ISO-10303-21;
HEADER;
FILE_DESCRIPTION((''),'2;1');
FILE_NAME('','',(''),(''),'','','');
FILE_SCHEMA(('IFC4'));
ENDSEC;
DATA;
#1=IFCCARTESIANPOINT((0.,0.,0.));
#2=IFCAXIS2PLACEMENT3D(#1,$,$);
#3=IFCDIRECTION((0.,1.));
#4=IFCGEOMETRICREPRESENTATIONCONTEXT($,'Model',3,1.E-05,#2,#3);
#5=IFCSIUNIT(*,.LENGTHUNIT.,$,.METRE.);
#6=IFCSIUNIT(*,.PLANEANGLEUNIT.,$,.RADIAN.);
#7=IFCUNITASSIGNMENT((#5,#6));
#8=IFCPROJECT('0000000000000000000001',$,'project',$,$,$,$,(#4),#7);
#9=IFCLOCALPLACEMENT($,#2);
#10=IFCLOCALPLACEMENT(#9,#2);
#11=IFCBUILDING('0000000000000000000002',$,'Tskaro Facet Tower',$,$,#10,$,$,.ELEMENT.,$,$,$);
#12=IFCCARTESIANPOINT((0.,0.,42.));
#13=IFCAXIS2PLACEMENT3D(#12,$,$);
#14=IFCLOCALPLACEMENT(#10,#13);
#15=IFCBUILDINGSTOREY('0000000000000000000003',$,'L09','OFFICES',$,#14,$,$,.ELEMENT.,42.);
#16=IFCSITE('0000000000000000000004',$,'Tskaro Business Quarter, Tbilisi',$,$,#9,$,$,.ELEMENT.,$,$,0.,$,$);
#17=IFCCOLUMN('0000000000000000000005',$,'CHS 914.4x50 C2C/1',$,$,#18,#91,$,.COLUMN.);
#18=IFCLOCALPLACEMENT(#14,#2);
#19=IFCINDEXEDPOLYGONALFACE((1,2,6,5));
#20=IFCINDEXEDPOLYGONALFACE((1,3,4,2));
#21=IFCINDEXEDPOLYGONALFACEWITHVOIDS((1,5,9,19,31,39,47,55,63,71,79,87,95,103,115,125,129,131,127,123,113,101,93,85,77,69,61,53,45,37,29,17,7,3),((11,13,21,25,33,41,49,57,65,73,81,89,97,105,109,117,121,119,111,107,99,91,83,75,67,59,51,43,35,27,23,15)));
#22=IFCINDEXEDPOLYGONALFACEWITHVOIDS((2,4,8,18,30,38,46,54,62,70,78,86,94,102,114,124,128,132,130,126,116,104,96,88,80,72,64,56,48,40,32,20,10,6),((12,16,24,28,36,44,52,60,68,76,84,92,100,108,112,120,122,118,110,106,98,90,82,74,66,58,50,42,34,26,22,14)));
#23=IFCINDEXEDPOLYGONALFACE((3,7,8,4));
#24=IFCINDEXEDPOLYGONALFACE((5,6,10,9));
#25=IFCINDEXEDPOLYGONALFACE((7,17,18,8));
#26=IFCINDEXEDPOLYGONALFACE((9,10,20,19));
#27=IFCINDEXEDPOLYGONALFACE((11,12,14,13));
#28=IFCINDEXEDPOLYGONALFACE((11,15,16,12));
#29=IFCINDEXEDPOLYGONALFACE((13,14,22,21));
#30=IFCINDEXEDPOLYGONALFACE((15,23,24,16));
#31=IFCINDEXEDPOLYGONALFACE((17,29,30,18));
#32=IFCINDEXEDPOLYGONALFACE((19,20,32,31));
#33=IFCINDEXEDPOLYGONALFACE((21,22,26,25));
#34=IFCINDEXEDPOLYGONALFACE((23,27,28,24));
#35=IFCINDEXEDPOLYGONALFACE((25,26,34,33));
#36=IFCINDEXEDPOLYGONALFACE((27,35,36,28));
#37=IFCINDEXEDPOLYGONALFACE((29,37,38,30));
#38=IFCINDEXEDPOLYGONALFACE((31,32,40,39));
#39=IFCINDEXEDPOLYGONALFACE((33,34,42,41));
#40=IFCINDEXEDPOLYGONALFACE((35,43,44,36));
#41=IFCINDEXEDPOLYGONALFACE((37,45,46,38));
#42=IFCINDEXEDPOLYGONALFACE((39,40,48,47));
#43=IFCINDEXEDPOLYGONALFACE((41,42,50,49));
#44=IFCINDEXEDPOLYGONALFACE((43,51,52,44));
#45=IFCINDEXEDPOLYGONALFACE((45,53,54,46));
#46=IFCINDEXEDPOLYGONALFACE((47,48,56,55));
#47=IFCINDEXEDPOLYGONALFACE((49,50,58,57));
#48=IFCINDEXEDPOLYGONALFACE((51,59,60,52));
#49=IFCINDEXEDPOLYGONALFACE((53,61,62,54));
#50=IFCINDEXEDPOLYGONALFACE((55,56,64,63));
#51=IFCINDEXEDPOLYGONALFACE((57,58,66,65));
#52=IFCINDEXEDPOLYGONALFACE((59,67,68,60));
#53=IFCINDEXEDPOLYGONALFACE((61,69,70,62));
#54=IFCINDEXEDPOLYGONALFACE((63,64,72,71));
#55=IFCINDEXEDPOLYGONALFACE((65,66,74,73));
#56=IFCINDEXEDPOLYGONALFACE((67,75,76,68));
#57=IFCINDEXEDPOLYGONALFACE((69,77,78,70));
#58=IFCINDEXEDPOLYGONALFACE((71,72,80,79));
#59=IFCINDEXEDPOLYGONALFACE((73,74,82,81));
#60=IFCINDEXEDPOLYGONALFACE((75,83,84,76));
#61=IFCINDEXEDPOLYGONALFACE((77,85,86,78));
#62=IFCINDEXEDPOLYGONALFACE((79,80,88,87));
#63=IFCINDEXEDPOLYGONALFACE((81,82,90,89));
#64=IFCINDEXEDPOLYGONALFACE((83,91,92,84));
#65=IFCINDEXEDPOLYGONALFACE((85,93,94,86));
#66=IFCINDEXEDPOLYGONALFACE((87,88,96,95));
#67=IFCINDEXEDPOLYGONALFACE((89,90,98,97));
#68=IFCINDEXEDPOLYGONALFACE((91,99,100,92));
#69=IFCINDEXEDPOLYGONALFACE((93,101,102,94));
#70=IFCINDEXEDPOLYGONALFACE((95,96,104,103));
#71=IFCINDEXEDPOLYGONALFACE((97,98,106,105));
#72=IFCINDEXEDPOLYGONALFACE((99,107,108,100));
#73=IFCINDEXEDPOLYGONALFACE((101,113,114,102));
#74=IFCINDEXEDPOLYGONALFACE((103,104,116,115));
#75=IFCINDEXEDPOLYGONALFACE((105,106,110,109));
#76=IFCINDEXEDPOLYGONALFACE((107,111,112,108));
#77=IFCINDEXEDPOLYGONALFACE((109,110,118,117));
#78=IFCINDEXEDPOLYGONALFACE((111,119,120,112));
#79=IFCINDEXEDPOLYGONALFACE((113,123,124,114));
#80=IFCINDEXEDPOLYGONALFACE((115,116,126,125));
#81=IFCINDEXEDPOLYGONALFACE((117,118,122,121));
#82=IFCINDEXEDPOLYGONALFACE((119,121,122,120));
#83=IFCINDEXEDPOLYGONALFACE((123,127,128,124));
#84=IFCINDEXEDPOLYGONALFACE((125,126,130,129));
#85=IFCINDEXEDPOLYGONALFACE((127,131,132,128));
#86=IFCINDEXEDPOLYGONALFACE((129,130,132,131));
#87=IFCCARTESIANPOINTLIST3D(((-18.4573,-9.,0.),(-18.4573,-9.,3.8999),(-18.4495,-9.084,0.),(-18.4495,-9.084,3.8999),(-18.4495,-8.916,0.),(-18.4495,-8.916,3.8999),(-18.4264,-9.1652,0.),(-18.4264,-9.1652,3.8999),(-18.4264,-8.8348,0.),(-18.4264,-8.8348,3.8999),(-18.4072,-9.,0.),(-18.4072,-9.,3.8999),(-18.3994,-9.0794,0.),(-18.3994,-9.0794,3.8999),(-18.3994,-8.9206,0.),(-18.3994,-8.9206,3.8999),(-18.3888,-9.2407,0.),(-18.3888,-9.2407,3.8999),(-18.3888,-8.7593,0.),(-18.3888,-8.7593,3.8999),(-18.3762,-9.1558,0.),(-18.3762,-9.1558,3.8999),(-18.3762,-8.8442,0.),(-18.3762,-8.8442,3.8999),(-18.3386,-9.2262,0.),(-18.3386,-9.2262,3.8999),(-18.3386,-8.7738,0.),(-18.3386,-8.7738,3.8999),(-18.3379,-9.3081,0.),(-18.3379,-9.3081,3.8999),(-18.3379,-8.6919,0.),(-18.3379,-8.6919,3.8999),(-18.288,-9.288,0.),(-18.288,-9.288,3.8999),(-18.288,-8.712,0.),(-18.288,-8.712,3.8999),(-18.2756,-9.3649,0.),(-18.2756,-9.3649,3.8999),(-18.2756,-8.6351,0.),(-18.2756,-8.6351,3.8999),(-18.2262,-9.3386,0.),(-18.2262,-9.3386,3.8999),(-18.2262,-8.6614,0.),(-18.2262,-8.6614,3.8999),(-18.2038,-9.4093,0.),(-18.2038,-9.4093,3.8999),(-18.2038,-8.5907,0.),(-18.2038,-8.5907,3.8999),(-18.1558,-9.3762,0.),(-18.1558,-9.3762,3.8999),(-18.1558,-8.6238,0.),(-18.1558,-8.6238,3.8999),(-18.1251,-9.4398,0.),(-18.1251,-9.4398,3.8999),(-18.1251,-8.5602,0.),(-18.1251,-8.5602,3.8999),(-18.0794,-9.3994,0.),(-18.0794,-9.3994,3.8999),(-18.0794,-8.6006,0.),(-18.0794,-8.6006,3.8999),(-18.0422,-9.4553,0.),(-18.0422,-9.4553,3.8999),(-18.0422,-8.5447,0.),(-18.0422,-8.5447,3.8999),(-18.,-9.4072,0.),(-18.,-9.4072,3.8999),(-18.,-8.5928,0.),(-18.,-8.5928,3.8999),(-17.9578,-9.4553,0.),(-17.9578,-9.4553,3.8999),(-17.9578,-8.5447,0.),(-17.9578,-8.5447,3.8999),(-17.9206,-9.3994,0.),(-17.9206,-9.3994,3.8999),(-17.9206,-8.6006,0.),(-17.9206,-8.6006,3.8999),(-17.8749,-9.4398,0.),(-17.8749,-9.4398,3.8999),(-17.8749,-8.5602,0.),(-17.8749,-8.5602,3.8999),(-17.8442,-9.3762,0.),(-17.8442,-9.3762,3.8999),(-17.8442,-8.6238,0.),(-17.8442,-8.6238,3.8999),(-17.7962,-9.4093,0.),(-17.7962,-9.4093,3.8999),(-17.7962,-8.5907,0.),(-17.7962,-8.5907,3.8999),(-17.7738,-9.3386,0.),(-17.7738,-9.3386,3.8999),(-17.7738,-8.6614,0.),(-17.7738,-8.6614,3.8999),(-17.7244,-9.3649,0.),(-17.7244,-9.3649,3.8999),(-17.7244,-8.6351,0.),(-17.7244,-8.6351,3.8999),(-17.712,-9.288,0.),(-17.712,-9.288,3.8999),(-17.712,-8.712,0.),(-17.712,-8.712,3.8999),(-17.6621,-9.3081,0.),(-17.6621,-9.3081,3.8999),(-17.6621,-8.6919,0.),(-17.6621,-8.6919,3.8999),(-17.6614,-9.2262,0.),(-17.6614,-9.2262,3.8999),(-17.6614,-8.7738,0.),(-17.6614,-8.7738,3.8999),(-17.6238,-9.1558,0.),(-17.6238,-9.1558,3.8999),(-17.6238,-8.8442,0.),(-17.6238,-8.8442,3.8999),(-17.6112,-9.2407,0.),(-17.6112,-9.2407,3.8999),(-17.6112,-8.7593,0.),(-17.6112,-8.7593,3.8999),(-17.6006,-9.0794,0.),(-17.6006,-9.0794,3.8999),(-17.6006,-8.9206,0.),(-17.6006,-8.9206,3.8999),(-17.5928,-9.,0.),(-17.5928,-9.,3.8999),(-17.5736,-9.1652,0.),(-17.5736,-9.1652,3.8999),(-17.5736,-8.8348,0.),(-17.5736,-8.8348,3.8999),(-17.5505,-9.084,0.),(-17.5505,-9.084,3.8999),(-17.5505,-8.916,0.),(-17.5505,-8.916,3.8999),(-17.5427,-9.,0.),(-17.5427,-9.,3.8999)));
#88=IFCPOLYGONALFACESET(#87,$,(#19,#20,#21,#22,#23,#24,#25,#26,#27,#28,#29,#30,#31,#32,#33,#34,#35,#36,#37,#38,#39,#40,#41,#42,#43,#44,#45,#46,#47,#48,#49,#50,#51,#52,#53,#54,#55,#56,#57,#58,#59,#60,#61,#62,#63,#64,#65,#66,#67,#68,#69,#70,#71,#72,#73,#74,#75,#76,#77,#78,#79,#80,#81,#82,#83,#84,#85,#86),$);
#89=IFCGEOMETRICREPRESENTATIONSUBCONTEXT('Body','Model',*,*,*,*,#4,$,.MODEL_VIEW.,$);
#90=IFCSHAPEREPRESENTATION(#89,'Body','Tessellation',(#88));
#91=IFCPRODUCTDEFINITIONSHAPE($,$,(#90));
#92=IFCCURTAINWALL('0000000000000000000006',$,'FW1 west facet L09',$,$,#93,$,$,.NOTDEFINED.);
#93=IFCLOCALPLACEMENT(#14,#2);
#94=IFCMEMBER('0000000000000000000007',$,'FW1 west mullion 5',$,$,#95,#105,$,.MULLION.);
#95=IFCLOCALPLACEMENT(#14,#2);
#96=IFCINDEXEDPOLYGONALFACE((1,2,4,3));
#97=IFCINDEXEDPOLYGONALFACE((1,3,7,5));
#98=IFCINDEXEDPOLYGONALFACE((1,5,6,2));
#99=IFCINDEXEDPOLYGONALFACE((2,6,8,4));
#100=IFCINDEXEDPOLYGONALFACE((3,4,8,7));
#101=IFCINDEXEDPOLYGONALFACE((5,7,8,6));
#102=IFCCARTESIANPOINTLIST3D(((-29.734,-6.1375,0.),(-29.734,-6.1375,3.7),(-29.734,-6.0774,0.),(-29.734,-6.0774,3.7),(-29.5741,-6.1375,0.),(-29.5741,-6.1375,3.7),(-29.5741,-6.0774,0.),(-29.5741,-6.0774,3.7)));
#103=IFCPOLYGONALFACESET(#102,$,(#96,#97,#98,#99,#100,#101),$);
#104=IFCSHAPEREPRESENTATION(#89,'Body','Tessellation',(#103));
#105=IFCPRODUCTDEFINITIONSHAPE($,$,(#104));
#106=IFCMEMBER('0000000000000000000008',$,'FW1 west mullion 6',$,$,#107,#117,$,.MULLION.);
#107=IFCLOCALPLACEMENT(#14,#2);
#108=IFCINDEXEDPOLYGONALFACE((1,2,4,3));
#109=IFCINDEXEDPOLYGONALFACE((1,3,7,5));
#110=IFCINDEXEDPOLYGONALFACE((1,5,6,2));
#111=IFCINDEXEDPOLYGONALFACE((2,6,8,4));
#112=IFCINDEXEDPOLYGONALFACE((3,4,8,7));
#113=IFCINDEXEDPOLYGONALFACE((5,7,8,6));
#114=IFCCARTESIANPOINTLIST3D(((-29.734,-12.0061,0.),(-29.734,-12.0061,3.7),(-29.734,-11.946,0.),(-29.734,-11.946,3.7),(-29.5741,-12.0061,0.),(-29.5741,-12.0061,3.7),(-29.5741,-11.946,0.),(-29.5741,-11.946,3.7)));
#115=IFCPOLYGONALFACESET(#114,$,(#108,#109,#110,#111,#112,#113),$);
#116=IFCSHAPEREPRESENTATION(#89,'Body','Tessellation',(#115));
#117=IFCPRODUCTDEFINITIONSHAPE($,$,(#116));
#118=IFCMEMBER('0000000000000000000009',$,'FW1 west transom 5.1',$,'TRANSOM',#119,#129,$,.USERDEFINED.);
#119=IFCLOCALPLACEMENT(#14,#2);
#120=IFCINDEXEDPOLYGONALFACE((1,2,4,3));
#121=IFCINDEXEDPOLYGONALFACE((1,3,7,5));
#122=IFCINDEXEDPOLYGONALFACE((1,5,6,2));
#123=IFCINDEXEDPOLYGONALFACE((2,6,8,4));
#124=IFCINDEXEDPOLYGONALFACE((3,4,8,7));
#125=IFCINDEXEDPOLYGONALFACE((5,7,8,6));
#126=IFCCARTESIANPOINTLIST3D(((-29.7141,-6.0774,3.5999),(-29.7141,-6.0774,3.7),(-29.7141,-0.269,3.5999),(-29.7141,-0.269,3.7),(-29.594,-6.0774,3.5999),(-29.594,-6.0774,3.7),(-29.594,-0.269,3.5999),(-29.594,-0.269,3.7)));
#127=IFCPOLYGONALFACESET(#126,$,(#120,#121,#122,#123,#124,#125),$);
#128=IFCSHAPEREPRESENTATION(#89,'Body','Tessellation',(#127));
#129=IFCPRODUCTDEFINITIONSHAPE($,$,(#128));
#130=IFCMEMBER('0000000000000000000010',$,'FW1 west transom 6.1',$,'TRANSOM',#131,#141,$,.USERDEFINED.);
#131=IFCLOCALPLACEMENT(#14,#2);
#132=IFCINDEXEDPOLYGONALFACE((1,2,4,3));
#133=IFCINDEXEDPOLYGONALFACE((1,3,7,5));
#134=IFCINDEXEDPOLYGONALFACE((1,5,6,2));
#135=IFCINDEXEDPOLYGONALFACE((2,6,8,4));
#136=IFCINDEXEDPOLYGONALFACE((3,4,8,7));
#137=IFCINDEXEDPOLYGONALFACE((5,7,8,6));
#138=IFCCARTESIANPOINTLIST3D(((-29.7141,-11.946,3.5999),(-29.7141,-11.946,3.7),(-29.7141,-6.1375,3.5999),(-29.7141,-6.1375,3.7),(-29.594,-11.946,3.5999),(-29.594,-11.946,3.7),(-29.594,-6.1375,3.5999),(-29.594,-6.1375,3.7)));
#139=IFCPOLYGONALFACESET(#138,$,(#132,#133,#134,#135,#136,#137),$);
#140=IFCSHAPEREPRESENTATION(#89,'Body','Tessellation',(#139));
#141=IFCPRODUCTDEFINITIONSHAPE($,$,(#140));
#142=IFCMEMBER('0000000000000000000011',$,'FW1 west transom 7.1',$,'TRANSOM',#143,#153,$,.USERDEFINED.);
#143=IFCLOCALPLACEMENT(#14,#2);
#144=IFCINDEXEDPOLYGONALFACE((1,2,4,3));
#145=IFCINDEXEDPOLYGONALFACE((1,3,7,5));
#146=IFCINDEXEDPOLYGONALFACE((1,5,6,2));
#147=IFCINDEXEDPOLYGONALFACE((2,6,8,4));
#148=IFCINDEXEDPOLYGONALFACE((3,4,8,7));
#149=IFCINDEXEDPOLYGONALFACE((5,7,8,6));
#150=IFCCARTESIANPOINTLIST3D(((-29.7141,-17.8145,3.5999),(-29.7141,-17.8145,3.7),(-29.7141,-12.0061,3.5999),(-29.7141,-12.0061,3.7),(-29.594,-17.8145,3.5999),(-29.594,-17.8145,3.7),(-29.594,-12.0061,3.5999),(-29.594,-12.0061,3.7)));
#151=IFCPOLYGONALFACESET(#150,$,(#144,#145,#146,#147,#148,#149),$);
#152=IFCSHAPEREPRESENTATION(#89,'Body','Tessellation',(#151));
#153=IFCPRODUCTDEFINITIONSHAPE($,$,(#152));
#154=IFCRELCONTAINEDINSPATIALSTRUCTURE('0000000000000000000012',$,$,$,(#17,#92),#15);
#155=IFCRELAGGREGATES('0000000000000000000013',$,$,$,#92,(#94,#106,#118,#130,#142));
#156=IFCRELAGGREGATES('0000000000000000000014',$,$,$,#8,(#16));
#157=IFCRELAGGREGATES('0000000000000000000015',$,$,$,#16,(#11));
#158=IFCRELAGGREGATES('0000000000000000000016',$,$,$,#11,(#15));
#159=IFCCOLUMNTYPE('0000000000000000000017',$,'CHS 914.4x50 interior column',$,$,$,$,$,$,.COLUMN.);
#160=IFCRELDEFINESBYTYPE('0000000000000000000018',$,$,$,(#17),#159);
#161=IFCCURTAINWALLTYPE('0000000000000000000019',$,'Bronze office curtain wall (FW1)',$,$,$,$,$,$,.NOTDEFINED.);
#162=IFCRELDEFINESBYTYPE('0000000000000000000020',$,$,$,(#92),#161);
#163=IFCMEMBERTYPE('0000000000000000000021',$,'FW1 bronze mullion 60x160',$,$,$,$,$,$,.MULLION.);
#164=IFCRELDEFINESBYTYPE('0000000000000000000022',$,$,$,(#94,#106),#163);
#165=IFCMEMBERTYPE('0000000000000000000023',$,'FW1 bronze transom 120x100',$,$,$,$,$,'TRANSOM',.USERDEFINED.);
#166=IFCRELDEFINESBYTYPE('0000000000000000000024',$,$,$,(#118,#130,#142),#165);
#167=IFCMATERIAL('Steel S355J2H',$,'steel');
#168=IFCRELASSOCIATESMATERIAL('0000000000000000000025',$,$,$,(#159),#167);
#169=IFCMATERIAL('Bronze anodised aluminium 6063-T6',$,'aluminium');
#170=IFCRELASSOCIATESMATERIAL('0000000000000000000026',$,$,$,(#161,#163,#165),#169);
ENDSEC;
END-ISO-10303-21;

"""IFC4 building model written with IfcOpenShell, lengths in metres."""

from ifc_helpers import new_model, si_unit, direction, frame, origin, origin_2d, place, context, subcontext, project, spatial, rectangle, hollow_circle, extrude, material, material_profile, profile_set, type_object, element, aggregate, save


model = new_model("IFC4")

# Units and contexts
model_context = context("Model", 3, precision=1e-05, world=origin(), true_north=direction((0.0, 1.0)))
body_context = subcontext(model_context, "Body", "Model", "MODEL_VIEW")
ifc_project = project(units=[si_unit("LENGTHUNIT", "METRE"), si_unit("PLANEANGLEUNIT", "RADIAN")], contexts=[model_context])

# Site, building, storey
site_placement = place(None, origin())
site = spatial("IfcSite", under=ifc_project, at=site_placement, Name="Tskaro Business Quarter, Tbilisi", CompositionType="ELEMENT", RefElevation=0.0)
building_placement = place(site_placement, origin())
building = spatial("IfcBuilding", under=site, at=building_placement, Name="Tskaro Facet Tower", CompositionType="ELEMENT")
storey_placement = place(building_placement, frame((0.0, 0.0, 42.0)))
storey = spatial("IfcBuildingStorey", under=building, at=storey_placement, Name="L09", Description="OFFICES", CompositionType="ELEMENT", Elevation=42.0)

# Column
ifc_material_1 = material(Name="Steel S355J2H", Category="steel")
ifc_material_profile_1 = material_profile(ifc_material_1, hollow_circle(Radius=0.4573, WallThickness=0.05, at=origin_2d()), Name="CHS 914.4x50")
ifc_profile_set_1 = profile_set([ifc_material_profile_1], Name="Steel S355J2H")
column_type_1 = type_object("IfcColumnType", Name="CHS 914.4x50 interior column", PredefinedType="COLUMN", material=ifc_profile_set_1)
column_1_placement = place(storey_placement, frame((-18.0, -9.0, 0.0), z_axis=(0.0, 0.0, 1.0), x_axis=(1.0, 0.0, 0.0)))
element("IfcColumn", 1, at=column_1_placement, inside=storey, type_object=column_type_1, Name="CHS 914.4x50 C2C/1", PredefinedType="COLUMN", context=body_context, shape_type="SweptSolid", body=[
    extrude(hollow_circle(Radius=0.4573, WallThickness=0.05, at=origin_2d()), origin(), (0.0, 0.0, 1.0), 3.8999),
])

# Curtain wall, members
ifc_material_2 = material(Name="Bronze anodised aluminium 6063-T6", Category="aluminium")
curtain_wall_type = type_object("IfcCurtainWallType", Name="Bronze office curtain wall (FW1)", PredefinedType="NOTDEFINED", material=ifc_material_2)
curtain_wall_placement = place(storey_placement, origin())
curtain_wall = element("IfcCurtainWall", 2, at=curtain_wall_placement, inside=storey, type_object=curtain_wall_type, Name="FW1 west facet L09", PredefinedType="NOTDEFINED")
ifc_material_profile_2 = material_profile(ifc_material_2, rectangle(XDim=0.0601, YDim=0.1599, at=origin_2d()), Name="Mullion 60x160")
ifc_profile_set_2 = profile_set([ifc_material_profile_2], Name="Bronze anodised aluminium 6063-T6")
member_type_1 = type_object("IfcMemberType", Name="FW1 bronze mullion 60x160", PredefinedType="MULLION", material=ifc_profile_set_2)
member_1_placement = place(storey_placement, frame((-29.6541, -6.1074, 0.0), z_axis=(0.0, 0.0, 1.0), x_axis=(0.0, -1.0, 0.0)))
member_1 = element("IfcMember", 3, at=member_1_placement, type_object=member_type_1, Name="FW1 west mullion 5", PredefinedType="MULLION", context=body_context, shape_type="SweptSolid", body=[
    extrude(rectangle(XDim=0.0601, YDim=0.1599, at=origin_2d()), origin(), (0.0, 0.0, 1.0), 3.7),
])
member_2_placement = place(storey_placement, frame((-29.6541, -11.9761, 0.0), z_axis=(0.0, 0.0, 1.0), x_axis=(0.0, -1.0, 0.0)))
member_2 = element("IfcMember", 4, at=member_2_placement, type_object=member_type_1, Name="FW1 west mullion 6", PredefinedType="MULLION", context=body_context, shape_type="SweptSolid", body=[
    extrude(rectangle(XDim=0.0601, YDim=0.1599, at=origin_2d()), origin(), (0.0, 0.0, 1.0), 3.7),
])
ifc_material_profile_3 = material_profile(ifc_material_2, rectangle(XDim=0.1201, YDim=0.1001, at=origin_2d()), Name="Transom 120x100")
ifc_profile_set_3 = profile_set([ifc_material_profile_3], Name="Bronze anodised aluminium 6063-T6")
member_type_2 = type_object("IfcMemberType", Name="FW1 bronze transom 120x100", ElementType="TRANSOM", PredefinedType="USERDEFINED", material=ifc_profile_set_3)
member_3_placement = place(storey_placement, frame((-29.6541, -0.269, 3.6499), z_axis=(0.0, -1.0, 0.0), x_axis=(1.0, 0.0, 0.0)))
member_3 = element("IfcMember", 5, at=member_3_placement, type_object=member_type_2, Name="FW1 west transom 5.1", ObjectType="TRANSOM", PredefinedType="USERDEFINED", context=body_context, shape_type="SweptSolid", body=[
    extrude(rectangle(XDim=0.1201, YDim=0.1001, at=origin_2d()), origin(), (0.0, 0.0, 1.0), 5.8083),
])
member_4_placement = place(storey_placement, frame((-29.6541, -6.1375, 3.6499), z_axis=(0.0, -1.0, 0.0), x_axis=(1.0, 0.0, 0.0)))
member_4 = element("IfcMember", 6, at=member_4_placement, type_object=member_type_2, Name="FW1 west transom 6.1", ObjectType="TRANSOM", PredefinedType="USERDEFINED", context=body_context, shape_type="SweptSolid", body=[
    extrude(rectangle(XDim=0.1201, YDim=0.1001, at=origin_2d()), origin(), (0.0, 0.0, 1.0), 5.8086),
])
member_5_placement = place(storey_placement, frame((-29.6541, -12.0061, 3.6499), z_axis=(0.0, -1.0, 0.0), x_axis=(1.0, 0.0, 0.0)))
member_5 = element("IfcMember", 7, at=member_5_placement, type_object=member_type_2, Name="FW1 west transom 7.1", ObjectType="TRANSOM", PredefinedType="USERDEFINED", context=body_context, shape_type="SweptSolid", body=[
    extrude(rectangle(XDim=0.1201, YDim=0.1001, at=origin_2d()), origin(), (0.0, 0.0, 1.0), 5.8083),
])

aggregate(curtain_wall, [member_1, member_2, member_3, member_4, member_5])

save(model, "model.ifc")
